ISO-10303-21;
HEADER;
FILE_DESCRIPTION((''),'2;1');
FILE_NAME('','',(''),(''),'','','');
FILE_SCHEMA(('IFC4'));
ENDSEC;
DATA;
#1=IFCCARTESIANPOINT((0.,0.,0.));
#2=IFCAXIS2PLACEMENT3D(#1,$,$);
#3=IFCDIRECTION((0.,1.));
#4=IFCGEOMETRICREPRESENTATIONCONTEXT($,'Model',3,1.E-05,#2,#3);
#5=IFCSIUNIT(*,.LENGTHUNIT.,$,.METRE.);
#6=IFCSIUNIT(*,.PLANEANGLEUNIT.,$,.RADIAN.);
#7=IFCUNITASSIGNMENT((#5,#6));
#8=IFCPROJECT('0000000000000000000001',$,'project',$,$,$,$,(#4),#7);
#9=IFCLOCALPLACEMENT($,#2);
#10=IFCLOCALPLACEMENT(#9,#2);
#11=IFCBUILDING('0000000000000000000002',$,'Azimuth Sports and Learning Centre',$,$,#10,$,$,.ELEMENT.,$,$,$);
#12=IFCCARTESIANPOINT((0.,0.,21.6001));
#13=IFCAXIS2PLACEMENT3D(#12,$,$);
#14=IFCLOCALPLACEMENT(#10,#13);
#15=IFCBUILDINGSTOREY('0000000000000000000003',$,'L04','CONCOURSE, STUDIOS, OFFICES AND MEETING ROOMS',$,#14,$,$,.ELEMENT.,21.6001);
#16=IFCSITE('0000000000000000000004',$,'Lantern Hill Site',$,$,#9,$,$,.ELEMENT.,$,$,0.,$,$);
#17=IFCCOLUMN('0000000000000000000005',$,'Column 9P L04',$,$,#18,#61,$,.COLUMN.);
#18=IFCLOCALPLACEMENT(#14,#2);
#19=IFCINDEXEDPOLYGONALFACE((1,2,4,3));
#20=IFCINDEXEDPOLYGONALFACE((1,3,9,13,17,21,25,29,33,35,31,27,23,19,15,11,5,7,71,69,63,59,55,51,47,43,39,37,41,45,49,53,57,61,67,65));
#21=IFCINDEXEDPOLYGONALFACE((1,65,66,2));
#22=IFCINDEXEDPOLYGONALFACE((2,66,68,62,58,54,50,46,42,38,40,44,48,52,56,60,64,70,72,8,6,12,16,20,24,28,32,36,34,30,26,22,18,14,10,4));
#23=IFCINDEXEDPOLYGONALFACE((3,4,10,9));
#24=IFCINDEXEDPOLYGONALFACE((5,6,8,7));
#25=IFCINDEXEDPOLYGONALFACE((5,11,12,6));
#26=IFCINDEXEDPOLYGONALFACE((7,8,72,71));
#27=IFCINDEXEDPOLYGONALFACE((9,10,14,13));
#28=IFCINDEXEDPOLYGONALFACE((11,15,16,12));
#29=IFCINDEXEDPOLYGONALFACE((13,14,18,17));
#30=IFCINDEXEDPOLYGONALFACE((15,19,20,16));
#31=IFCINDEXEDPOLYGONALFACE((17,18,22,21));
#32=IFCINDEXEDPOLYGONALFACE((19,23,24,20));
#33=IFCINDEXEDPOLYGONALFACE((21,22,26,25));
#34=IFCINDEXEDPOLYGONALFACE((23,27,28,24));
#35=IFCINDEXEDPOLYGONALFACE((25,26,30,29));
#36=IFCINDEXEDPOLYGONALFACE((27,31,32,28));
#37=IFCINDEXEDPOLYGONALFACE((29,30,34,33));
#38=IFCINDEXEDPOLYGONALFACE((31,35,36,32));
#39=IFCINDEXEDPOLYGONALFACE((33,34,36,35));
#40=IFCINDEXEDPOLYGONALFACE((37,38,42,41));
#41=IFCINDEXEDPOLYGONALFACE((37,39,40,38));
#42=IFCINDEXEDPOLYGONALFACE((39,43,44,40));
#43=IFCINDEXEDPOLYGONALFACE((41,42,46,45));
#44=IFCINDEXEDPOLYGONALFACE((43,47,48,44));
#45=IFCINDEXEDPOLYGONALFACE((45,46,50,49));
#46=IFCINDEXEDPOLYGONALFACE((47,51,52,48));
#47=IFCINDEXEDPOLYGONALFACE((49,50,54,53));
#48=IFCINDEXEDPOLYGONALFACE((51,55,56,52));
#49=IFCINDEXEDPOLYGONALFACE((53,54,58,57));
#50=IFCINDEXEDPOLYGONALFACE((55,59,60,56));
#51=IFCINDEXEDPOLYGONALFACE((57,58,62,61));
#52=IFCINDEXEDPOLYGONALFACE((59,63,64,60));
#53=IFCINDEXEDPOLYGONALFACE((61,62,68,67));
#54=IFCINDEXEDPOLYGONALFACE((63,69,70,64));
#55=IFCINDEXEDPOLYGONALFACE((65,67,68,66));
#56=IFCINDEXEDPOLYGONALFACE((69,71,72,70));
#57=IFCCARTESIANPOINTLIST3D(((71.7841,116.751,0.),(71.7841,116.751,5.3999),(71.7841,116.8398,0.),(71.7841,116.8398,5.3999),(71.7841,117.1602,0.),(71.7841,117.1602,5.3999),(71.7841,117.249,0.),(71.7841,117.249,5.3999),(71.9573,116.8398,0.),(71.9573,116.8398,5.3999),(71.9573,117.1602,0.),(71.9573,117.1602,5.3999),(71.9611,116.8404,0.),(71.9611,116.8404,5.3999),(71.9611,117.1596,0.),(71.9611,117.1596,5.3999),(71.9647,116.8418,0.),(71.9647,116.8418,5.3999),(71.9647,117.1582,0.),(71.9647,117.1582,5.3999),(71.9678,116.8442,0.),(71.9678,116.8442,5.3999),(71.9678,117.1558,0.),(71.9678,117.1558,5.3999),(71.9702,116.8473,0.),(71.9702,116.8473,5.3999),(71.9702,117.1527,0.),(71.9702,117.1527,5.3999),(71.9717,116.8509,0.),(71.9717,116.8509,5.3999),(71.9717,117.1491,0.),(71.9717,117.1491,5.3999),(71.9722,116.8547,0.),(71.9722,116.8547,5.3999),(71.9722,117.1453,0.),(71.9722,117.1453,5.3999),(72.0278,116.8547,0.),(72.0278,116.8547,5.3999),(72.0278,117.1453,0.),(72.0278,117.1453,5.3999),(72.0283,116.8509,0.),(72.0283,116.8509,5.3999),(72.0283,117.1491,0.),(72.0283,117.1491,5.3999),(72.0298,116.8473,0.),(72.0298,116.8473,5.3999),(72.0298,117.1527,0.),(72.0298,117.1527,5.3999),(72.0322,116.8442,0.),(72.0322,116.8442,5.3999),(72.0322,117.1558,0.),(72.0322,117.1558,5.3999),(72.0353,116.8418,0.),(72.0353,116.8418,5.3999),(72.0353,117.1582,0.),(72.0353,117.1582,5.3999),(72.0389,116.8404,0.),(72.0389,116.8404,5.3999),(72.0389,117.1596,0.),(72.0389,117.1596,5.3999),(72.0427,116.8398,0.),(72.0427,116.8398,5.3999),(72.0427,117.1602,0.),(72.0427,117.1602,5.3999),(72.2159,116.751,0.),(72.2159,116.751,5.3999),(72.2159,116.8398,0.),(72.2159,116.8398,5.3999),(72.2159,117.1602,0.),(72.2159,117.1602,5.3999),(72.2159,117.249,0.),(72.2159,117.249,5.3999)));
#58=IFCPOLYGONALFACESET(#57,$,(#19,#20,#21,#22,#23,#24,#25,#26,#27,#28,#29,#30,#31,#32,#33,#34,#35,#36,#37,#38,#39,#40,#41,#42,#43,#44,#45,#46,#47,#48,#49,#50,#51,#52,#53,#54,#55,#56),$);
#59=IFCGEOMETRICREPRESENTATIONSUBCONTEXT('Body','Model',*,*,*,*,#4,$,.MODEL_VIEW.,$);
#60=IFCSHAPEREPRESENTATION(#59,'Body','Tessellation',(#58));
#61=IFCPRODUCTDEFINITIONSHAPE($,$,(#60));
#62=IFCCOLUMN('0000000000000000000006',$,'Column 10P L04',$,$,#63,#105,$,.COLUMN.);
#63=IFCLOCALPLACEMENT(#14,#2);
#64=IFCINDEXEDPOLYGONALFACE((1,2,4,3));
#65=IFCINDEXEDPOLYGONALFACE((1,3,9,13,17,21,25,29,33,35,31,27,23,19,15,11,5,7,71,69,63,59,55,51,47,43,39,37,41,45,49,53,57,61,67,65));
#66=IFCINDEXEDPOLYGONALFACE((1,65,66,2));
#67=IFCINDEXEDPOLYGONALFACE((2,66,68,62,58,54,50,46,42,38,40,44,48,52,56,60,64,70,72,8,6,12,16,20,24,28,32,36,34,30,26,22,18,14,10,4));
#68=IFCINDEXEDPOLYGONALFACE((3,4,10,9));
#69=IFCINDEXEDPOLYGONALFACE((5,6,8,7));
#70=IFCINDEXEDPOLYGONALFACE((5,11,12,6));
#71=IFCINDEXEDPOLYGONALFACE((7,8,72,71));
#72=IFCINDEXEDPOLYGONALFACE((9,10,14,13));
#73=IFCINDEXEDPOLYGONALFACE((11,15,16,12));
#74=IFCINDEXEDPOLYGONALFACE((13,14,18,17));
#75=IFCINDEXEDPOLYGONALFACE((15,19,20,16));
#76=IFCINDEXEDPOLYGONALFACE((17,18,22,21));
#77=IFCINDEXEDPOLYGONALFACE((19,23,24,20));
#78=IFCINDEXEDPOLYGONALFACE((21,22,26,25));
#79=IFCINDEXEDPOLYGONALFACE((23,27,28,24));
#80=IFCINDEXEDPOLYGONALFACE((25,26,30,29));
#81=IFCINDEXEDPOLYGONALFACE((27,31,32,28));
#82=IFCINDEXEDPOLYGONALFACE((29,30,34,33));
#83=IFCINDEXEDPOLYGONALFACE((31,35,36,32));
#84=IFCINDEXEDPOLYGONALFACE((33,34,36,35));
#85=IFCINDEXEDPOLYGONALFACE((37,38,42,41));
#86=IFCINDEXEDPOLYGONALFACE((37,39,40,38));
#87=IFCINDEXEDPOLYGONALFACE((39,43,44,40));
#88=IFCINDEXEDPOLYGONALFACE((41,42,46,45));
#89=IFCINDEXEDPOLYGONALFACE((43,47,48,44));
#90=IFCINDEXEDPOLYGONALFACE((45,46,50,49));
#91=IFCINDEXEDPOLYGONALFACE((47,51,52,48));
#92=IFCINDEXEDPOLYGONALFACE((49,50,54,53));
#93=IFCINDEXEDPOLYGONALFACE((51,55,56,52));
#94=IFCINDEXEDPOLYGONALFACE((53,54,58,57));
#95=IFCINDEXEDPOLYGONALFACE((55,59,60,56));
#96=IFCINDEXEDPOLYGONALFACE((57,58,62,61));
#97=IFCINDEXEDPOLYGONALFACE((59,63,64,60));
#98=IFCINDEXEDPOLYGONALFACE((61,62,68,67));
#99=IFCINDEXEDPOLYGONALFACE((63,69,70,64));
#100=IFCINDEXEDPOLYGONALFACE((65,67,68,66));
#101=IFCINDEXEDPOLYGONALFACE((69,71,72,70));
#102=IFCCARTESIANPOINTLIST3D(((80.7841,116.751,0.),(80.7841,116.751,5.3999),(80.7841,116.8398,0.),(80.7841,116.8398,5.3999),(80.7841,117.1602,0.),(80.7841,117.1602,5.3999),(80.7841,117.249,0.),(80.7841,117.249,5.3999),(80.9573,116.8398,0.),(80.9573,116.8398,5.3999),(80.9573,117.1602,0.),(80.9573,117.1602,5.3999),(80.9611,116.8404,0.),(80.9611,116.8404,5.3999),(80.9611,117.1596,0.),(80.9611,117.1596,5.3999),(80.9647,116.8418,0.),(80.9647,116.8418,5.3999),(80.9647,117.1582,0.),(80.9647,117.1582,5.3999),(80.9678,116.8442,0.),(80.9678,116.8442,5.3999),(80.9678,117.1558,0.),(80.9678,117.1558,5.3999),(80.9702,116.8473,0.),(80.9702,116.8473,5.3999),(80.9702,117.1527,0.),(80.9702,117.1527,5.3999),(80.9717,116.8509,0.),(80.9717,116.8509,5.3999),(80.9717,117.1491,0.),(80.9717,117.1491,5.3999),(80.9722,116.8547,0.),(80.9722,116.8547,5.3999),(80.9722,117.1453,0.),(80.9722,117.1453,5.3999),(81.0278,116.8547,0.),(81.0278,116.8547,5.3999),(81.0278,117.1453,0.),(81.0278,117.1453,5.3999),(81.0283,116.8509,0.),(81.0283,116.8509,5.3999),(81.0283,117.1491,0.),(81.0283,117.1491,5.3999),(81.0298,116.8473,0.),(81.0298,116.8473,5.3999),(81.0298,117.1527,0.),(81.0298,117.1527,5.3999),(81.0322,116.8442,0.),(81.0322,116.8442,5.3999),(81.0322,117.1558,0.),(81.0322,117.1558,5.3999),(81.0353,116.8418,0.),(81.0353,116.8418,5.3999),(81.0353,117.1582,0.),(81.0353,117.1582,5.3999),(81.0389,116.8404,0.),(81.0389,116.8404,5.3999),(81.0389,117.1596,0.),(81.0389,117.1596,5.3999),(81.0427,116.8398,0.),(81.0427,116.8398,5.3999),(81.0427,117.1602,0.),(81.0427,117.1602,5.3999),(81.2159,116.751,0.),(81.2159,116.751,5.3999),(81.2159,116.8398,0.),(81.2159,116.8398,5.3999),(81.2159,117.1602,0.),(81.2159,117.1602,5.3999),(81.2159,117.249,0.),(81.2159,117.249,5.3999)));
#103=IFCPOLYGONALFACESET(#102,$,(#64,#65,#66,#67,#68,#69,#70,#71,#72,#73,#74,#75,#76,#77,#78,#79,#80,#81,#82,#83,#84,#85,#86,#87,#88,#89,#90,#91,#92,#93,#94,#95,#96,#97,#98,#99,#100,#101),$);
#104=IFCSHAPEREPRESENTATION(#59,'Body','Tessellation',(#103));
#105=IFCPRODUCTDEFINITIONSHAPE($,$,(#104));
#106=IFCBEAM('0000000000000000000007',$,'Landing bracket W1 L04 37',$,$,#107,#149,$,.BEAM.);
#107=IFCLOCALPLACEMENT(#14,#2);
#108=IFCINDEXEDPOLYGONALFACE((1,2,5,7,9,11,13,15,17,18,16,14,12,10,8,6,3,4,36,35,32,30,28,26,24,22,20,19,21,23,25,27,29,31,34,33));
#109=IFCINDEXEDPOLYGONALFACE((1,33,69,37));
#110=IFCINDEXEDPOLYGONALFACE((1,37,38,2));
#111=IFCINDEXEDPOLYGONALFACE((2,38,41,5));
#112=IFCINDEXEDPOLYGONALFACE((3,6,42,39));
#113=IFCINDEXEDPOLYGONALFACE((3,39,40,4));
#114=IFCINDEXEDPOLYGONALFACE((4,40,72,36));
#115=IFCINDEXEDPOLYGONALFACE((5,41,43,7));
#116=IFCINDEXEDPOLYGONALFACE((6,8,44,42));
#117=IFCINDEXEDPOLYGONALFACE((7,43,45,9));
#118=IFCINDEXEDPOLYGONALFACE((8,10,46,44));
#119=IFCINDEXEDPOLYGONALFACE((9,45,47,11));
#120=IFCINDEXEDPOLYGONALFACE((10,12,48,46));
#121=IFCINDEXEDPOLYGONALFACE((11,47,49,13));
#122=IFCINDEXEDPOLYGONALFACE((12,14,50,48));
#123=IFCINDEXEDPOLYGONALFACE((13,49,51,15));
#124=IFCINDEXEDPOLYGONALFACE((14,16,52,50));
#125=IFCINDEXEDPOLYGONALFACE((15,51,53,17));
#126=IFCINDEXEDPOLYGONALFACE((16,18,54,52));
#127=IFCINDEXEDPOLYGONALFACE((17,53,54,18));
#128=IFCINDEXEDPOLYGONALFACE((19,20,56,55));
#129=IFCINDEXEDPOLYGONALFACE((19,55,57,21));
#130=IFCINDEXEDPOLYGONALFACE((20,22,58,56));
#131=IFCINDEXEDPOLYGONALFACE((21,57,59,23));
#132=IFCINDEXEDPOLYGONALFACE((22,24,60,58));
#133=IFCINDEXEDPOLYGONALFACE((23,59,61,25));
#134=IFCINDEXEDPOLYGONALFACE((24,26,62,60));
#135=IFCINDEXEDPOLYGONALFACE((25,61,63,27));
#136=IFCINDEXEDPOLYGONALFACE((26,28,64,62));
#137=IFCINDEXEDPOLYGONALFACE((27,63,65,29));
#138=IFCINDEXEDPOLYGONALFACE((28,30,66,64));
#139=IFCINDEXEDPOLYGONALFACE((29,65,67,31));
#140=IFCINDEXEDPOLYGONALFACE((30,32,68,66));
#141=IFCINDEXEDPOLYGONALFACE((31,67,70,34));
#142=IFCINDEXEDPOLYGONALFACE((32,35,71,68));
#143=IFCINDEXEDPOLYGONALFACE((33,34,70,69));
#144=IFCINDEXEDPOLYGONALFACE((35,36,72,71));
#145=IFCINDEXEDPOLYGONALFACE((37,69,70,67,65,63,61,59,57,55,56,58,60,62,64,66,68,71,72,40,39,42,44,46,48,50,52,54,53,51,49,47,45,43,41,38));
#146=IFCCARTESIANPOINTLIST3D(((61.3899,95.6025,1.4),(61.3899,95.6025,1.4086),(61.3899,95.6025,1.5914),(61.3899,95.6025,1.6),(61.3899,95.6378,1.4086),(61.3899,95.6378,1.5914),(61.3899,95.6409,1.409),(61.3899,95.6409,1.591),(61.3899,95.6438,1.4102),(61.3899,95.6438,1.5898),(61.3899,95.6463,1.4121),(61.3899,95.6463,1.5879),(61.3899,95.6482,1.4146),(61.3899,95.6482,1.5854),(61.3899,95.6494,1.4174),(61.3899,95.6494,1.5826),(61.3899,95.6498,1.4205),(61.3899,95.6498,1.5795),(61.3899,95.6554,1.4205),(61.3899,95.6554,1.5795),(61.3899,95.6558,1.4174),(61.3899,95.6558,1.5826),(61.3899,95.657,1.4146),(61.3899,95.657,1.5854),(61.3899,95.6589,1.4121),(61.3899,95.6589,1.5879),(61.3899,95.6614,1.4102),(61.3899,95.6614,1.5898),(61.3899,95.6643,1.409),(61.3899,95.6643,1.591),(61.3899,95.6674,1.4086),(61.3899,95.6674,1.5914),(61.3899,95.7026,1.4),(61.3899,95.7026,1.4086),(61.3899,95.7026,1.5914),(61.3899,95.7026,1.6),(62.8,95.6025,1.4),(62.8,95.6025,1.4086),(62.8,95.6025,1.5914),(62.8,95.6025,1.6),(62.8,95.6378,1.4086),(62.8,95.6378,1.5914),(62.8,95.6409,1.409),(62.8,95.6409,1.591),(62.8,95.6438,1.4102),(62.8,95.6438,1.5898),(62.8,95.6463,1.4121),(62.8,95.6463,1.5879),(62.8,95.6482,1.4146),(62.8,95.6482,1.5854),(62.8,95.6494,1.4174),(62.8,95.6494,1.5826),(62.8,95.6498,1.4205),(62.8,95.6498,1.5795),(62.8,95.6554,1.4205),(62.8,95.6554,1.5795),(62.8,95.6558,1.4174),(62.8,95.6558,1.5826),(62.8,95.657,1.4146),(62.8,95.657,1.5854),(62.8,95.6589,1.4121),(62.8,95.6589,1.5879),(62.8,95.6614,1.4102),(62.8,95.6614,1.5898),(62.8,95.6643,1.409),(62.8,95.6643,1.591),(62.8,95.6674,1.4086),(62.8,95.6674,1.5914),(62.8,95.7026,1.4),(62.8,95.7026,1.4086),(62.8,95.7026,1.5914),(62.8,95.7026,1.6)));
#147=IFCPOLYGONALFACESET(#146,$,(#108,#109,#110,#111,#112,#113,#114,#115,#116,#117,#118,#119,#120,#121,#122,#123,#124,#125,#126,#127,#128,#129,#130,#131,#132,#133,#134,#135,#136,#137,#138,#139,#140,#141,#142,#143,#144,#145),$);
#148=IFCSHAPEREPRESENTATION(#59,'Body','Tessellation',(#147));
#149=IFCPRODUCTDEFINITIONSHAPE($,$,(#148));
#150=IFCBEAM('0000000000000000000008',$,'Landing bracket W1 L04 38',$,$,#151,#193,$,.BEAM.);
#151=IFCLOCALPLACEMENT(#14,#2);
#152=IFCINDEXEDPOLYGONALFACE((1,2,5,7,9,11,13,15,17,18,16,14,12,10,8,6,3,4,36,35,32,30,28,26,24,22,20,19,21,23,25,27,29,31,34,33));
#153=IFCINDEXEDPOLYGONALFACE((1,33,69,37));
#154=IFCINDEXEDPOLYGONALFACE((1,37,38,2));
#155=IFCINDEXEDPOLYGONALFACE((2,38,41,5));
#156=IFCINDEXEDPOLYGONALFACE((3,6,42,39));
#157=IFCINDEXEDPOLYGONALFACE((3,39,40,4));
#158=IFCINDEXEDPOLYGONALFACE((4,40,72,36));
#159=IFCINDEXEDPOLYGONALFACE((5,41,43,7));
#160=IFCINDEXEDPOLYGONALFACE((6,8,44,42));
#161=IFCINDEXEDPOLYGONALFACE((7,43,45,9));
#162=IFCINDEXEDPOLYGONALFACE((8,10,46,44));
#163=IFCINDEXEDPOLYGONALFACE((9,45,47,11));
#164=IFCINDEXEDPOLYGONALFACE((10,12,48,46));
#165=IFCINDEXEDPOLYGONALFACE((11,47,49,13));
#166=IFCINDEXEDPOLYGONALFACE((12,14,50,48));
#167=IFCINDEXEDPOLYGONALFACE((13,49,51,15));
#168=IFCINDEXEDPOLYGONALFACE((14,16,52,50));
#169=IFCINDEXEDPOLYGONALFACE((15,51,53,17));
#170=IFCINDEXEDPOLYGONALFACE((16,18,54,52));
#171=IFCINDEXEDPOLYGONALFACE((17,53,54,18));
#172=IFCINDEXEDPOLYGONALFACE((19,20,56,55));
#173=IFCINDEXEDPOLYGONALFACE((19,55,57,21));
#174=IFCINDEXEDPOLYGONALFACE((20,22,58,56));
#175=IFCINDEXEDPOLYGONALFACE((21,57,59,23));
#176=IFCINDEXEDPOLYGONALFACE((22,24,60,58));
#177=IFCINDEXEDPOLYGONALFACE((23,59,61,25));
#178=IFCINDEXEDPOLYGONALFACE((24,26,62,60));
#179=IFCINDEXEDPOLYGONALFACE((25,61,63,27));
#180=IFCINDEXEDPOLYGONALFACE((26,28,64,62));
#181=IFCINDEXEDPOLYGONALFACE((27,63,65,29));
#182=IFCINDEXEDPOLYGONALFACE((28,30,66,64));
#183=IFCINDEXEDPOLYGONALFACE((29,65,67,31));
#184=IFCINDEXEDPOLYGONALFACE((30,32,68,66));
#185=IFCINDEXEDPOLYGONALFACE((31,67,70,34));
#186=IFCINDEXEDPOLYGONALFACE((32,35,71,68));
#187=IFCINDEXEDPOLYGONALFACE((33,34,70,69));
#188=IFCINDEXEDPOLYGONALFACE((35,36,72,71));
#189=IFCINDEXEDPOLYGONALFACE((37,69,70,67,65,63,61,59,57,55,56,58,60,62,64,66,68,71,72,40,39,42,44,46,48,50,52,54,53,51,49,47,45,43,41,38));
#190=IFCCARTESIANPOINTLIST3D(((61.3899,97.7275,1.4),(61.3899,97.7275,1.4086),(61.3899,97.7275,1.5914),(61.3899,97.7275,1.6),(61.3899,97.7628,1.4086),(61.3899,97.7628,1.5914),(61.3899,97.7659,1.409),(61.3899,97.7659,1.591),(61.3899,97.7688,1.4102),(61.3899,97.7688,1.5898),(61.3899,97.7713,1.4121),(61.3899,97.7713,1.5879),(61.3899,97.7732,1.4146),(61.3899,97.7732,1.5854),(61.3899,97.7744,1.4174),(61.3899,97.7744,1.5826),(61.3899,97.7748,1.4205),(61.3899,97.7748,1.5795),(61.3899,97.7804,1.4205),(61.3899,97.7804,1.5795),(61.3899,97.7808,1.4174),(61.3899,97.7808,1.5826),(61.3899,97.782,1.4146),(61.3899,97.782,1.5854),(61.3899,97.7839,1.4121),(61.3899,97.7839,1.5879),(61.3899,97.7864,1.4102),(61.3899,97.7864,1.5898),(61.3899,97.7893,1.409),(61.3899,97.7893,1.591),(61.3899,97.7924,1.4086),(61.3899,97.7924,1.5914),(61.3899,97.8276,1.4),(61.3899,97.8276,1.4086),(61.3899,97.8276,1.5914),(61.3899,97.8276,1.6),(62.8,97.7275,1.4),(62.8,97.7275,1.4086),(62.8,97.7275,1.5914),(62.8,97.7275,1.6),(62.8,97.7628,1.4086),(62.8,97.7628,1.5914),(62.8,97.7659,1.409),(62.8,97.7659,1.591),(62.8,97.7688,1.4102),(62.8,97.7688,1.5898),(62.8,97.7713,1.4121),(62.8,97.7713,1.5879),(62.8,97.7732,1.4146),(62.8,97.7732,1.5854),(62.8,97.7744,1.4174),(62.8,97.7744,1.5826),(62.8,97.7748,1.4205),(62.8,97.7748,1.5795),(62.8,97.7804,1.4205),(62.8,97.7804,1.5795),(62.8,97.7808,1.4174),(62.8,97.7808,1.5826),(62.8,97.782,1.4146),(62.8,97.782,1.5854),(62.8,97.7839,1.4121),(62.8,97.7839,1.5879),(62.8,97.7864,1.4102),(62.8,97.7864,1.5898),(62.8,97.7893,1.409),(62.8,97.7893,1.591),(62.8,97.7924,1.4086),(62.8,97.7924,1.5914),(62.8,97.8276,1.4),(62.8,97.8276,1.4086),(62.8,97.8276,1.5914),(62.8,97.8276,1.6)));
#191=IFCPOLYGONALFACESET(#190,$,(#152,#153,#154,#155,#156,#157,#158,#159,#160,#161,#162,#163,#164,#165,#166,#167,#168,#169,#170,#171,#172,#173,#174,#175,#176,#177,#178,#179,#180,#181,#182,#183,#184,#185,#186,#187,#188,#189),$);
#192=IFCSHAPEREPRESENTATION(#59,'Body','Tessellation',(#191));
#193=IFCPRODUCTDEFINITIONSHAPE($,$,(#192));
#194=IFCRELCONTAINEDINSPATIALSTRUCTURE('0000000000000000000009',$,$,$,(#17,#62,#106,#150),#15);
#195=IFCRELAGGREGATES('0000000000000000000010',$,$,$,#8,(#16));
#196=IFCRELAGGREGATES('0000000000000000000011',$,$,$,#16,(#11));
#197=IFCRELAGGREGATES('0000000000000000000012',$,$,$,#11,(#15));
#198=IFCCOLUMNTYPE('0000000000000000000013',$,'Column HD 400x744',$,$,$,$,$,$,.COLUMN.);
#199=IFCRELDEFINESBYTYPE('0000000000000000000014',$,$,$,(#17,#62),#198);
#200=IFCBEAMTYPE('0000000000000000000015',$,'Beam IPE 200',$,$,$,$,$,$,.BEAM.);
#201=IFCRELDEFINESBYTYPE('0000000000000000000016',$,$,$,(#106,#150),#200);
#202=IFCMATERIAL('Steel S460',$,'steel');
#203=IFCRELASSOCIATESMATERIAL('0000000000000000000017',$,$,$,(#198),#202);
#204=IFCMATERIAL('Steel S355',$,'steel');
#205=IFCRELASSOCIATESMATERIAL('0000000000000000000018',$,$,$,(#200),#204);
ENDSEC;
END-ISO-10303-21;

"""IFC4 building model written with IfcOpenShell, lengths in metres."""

from ifc_helpers import new_model, si_unit, direction, frame, origin, origin_2d, place, context, subcontext, project, spatial, i_section, extrude, material, material_profile, profile_set, type_object, element, save


model = new_model("IFC4")

# Units and contexts
model_context = context("Model", 3, precision=1e-05, world=origin(), true_north=direction((0.0, 1.0)))
body_context = subcontext(model_context, "Body", "Model", "MODEL_VIEW")
ifc_project = project(units=[si_unit("LENGTHUNIT", "METRE"), si_unit("PLANEANGLEUNIT", "RADIAN")], contexts=[model_context])

# Site, building, storey
site_placement = place(None, origin())
site = spatial("IfcSite", under=ifc_project, at=site_placement, Name="Lantern Hill Site", CompositionType="ELEMENT", RefElevation=0.0)
building_placement = place(site_placement, origin())
building = spatial("IfcBuilding", under=site, at=building_placement, Name="Azimuth Sports and Learning Centre", CompositionType="ELEMENT")
storey_placement = place(building_placement, frame((0.0, 0.0, 21.6001)))
storey = spatial("IfcBuildingStorey", under=building, at=storey_placement, Name="L04", Description="CONCOURSE, STUDIOS, OFFICES AND MEETING ROOMS", CompositionType="ELEMENT", Elevation=21.6001)

# Columns
ifc_material_1 = material(Name="Steel S460", Category="steel")
ifc_material_profile_1 = material_profile(ifc_material_1, i_section(OverallWidth=0.4319, OverallDepth=0.498, WebThickness=0.0557, FlangeThickness=0.0889, FilletRadius=0.0149, at=origin_2d()), Name="HD 400x744")
ifc_profile_set_1 = profile_set([ifc_material_profile_1], Name="Steel S460")
column_type = type_object("IfcColumnType", Name="Column HD 400x744", PredefinedType="COLUMN", material=ifc_profile_set_1)
for number, where, z_axis, x_axis, name in (
    (1, (72.0, 117.0, 0.0), (0.0, 0.0, 1.0), (1.0, 0.0, 0.0), "Column 9P L04"),
    (2, (81.0, 117.0, 0.0), (0.0, 0.0, 1.0), (1.0, 0.0, 0.0), "Column 10P L04"),
):
    element("IfcColumn", number, at=place(storey_placement, frame(where, z_axis=z_axis, x_axis=x_axis)), inside=storey, type_object=column_type, Name=name, PredefinedType="COLUMN", context=body_context, shape_type="SweptSolid", body=[
        extrude(i_section(OverallWidth=0.4319, OverallDepth=0.498, WebThickness=0.0557, FlangeThickness=0.0889, FilletRadius=0.0149, at=origin_2d()), origin(), (0.0, 0.0, 1.0), 5.3999),
    ])

# Beams
ifc_material_2 = material(Name="Steel S355", Category="steel")
ifc_material_profile_2 = material_profile(ifc_material_2, i_section(OverallWidth=0.1001, OverallDepth=0.2, WebThickness=0.0056, FlangeThickness=0.0085, FilletRadius=0.012, at=origin_2d()), Name="IPE 200")
ifc_profile_set_2 = profile_set([ifc_material_profile_2], Name="Steel S355")
beam_type = type_object("IfcBeamType", Name="Beam IPE 200", PredefinedType="BEAM", material=ifc_profile_set_2)
for number, where, z_axis, x_axis, name in (
    (3, (62.8, 95.6526, 1.5), (-1.0, 0.0, 0.0), (0.0, -1.0, 0.0), "Landing bracket W1 L04 37"),
    (4, (62.8, 97.7776, 1.5), (-1.0, 0.0, 0.0), (0.0, -1.0, 0.0), "Landing bracket W1 L04 38"),
):
    element("IfcBeam", number, at=place(storey_placement, frame(where, z_axis=z_axis, x_axis=x_axis)), inside=storey, type_object=beam_type, Name=name, PredefinedType="BEAM", context=body_context, shape_type="SweptSolid", body=[
        extrude(i_section(OverallWidth=0.1001, OverallDepth=0.2, WebThickness=0.0056, FlangeThickness=0.0085, FilletRadius=0.012, at=origin_2d()), origin(), (0.0, 0.0, 1.0), 1.4102),
    ])

save(model, "model.ifc")
